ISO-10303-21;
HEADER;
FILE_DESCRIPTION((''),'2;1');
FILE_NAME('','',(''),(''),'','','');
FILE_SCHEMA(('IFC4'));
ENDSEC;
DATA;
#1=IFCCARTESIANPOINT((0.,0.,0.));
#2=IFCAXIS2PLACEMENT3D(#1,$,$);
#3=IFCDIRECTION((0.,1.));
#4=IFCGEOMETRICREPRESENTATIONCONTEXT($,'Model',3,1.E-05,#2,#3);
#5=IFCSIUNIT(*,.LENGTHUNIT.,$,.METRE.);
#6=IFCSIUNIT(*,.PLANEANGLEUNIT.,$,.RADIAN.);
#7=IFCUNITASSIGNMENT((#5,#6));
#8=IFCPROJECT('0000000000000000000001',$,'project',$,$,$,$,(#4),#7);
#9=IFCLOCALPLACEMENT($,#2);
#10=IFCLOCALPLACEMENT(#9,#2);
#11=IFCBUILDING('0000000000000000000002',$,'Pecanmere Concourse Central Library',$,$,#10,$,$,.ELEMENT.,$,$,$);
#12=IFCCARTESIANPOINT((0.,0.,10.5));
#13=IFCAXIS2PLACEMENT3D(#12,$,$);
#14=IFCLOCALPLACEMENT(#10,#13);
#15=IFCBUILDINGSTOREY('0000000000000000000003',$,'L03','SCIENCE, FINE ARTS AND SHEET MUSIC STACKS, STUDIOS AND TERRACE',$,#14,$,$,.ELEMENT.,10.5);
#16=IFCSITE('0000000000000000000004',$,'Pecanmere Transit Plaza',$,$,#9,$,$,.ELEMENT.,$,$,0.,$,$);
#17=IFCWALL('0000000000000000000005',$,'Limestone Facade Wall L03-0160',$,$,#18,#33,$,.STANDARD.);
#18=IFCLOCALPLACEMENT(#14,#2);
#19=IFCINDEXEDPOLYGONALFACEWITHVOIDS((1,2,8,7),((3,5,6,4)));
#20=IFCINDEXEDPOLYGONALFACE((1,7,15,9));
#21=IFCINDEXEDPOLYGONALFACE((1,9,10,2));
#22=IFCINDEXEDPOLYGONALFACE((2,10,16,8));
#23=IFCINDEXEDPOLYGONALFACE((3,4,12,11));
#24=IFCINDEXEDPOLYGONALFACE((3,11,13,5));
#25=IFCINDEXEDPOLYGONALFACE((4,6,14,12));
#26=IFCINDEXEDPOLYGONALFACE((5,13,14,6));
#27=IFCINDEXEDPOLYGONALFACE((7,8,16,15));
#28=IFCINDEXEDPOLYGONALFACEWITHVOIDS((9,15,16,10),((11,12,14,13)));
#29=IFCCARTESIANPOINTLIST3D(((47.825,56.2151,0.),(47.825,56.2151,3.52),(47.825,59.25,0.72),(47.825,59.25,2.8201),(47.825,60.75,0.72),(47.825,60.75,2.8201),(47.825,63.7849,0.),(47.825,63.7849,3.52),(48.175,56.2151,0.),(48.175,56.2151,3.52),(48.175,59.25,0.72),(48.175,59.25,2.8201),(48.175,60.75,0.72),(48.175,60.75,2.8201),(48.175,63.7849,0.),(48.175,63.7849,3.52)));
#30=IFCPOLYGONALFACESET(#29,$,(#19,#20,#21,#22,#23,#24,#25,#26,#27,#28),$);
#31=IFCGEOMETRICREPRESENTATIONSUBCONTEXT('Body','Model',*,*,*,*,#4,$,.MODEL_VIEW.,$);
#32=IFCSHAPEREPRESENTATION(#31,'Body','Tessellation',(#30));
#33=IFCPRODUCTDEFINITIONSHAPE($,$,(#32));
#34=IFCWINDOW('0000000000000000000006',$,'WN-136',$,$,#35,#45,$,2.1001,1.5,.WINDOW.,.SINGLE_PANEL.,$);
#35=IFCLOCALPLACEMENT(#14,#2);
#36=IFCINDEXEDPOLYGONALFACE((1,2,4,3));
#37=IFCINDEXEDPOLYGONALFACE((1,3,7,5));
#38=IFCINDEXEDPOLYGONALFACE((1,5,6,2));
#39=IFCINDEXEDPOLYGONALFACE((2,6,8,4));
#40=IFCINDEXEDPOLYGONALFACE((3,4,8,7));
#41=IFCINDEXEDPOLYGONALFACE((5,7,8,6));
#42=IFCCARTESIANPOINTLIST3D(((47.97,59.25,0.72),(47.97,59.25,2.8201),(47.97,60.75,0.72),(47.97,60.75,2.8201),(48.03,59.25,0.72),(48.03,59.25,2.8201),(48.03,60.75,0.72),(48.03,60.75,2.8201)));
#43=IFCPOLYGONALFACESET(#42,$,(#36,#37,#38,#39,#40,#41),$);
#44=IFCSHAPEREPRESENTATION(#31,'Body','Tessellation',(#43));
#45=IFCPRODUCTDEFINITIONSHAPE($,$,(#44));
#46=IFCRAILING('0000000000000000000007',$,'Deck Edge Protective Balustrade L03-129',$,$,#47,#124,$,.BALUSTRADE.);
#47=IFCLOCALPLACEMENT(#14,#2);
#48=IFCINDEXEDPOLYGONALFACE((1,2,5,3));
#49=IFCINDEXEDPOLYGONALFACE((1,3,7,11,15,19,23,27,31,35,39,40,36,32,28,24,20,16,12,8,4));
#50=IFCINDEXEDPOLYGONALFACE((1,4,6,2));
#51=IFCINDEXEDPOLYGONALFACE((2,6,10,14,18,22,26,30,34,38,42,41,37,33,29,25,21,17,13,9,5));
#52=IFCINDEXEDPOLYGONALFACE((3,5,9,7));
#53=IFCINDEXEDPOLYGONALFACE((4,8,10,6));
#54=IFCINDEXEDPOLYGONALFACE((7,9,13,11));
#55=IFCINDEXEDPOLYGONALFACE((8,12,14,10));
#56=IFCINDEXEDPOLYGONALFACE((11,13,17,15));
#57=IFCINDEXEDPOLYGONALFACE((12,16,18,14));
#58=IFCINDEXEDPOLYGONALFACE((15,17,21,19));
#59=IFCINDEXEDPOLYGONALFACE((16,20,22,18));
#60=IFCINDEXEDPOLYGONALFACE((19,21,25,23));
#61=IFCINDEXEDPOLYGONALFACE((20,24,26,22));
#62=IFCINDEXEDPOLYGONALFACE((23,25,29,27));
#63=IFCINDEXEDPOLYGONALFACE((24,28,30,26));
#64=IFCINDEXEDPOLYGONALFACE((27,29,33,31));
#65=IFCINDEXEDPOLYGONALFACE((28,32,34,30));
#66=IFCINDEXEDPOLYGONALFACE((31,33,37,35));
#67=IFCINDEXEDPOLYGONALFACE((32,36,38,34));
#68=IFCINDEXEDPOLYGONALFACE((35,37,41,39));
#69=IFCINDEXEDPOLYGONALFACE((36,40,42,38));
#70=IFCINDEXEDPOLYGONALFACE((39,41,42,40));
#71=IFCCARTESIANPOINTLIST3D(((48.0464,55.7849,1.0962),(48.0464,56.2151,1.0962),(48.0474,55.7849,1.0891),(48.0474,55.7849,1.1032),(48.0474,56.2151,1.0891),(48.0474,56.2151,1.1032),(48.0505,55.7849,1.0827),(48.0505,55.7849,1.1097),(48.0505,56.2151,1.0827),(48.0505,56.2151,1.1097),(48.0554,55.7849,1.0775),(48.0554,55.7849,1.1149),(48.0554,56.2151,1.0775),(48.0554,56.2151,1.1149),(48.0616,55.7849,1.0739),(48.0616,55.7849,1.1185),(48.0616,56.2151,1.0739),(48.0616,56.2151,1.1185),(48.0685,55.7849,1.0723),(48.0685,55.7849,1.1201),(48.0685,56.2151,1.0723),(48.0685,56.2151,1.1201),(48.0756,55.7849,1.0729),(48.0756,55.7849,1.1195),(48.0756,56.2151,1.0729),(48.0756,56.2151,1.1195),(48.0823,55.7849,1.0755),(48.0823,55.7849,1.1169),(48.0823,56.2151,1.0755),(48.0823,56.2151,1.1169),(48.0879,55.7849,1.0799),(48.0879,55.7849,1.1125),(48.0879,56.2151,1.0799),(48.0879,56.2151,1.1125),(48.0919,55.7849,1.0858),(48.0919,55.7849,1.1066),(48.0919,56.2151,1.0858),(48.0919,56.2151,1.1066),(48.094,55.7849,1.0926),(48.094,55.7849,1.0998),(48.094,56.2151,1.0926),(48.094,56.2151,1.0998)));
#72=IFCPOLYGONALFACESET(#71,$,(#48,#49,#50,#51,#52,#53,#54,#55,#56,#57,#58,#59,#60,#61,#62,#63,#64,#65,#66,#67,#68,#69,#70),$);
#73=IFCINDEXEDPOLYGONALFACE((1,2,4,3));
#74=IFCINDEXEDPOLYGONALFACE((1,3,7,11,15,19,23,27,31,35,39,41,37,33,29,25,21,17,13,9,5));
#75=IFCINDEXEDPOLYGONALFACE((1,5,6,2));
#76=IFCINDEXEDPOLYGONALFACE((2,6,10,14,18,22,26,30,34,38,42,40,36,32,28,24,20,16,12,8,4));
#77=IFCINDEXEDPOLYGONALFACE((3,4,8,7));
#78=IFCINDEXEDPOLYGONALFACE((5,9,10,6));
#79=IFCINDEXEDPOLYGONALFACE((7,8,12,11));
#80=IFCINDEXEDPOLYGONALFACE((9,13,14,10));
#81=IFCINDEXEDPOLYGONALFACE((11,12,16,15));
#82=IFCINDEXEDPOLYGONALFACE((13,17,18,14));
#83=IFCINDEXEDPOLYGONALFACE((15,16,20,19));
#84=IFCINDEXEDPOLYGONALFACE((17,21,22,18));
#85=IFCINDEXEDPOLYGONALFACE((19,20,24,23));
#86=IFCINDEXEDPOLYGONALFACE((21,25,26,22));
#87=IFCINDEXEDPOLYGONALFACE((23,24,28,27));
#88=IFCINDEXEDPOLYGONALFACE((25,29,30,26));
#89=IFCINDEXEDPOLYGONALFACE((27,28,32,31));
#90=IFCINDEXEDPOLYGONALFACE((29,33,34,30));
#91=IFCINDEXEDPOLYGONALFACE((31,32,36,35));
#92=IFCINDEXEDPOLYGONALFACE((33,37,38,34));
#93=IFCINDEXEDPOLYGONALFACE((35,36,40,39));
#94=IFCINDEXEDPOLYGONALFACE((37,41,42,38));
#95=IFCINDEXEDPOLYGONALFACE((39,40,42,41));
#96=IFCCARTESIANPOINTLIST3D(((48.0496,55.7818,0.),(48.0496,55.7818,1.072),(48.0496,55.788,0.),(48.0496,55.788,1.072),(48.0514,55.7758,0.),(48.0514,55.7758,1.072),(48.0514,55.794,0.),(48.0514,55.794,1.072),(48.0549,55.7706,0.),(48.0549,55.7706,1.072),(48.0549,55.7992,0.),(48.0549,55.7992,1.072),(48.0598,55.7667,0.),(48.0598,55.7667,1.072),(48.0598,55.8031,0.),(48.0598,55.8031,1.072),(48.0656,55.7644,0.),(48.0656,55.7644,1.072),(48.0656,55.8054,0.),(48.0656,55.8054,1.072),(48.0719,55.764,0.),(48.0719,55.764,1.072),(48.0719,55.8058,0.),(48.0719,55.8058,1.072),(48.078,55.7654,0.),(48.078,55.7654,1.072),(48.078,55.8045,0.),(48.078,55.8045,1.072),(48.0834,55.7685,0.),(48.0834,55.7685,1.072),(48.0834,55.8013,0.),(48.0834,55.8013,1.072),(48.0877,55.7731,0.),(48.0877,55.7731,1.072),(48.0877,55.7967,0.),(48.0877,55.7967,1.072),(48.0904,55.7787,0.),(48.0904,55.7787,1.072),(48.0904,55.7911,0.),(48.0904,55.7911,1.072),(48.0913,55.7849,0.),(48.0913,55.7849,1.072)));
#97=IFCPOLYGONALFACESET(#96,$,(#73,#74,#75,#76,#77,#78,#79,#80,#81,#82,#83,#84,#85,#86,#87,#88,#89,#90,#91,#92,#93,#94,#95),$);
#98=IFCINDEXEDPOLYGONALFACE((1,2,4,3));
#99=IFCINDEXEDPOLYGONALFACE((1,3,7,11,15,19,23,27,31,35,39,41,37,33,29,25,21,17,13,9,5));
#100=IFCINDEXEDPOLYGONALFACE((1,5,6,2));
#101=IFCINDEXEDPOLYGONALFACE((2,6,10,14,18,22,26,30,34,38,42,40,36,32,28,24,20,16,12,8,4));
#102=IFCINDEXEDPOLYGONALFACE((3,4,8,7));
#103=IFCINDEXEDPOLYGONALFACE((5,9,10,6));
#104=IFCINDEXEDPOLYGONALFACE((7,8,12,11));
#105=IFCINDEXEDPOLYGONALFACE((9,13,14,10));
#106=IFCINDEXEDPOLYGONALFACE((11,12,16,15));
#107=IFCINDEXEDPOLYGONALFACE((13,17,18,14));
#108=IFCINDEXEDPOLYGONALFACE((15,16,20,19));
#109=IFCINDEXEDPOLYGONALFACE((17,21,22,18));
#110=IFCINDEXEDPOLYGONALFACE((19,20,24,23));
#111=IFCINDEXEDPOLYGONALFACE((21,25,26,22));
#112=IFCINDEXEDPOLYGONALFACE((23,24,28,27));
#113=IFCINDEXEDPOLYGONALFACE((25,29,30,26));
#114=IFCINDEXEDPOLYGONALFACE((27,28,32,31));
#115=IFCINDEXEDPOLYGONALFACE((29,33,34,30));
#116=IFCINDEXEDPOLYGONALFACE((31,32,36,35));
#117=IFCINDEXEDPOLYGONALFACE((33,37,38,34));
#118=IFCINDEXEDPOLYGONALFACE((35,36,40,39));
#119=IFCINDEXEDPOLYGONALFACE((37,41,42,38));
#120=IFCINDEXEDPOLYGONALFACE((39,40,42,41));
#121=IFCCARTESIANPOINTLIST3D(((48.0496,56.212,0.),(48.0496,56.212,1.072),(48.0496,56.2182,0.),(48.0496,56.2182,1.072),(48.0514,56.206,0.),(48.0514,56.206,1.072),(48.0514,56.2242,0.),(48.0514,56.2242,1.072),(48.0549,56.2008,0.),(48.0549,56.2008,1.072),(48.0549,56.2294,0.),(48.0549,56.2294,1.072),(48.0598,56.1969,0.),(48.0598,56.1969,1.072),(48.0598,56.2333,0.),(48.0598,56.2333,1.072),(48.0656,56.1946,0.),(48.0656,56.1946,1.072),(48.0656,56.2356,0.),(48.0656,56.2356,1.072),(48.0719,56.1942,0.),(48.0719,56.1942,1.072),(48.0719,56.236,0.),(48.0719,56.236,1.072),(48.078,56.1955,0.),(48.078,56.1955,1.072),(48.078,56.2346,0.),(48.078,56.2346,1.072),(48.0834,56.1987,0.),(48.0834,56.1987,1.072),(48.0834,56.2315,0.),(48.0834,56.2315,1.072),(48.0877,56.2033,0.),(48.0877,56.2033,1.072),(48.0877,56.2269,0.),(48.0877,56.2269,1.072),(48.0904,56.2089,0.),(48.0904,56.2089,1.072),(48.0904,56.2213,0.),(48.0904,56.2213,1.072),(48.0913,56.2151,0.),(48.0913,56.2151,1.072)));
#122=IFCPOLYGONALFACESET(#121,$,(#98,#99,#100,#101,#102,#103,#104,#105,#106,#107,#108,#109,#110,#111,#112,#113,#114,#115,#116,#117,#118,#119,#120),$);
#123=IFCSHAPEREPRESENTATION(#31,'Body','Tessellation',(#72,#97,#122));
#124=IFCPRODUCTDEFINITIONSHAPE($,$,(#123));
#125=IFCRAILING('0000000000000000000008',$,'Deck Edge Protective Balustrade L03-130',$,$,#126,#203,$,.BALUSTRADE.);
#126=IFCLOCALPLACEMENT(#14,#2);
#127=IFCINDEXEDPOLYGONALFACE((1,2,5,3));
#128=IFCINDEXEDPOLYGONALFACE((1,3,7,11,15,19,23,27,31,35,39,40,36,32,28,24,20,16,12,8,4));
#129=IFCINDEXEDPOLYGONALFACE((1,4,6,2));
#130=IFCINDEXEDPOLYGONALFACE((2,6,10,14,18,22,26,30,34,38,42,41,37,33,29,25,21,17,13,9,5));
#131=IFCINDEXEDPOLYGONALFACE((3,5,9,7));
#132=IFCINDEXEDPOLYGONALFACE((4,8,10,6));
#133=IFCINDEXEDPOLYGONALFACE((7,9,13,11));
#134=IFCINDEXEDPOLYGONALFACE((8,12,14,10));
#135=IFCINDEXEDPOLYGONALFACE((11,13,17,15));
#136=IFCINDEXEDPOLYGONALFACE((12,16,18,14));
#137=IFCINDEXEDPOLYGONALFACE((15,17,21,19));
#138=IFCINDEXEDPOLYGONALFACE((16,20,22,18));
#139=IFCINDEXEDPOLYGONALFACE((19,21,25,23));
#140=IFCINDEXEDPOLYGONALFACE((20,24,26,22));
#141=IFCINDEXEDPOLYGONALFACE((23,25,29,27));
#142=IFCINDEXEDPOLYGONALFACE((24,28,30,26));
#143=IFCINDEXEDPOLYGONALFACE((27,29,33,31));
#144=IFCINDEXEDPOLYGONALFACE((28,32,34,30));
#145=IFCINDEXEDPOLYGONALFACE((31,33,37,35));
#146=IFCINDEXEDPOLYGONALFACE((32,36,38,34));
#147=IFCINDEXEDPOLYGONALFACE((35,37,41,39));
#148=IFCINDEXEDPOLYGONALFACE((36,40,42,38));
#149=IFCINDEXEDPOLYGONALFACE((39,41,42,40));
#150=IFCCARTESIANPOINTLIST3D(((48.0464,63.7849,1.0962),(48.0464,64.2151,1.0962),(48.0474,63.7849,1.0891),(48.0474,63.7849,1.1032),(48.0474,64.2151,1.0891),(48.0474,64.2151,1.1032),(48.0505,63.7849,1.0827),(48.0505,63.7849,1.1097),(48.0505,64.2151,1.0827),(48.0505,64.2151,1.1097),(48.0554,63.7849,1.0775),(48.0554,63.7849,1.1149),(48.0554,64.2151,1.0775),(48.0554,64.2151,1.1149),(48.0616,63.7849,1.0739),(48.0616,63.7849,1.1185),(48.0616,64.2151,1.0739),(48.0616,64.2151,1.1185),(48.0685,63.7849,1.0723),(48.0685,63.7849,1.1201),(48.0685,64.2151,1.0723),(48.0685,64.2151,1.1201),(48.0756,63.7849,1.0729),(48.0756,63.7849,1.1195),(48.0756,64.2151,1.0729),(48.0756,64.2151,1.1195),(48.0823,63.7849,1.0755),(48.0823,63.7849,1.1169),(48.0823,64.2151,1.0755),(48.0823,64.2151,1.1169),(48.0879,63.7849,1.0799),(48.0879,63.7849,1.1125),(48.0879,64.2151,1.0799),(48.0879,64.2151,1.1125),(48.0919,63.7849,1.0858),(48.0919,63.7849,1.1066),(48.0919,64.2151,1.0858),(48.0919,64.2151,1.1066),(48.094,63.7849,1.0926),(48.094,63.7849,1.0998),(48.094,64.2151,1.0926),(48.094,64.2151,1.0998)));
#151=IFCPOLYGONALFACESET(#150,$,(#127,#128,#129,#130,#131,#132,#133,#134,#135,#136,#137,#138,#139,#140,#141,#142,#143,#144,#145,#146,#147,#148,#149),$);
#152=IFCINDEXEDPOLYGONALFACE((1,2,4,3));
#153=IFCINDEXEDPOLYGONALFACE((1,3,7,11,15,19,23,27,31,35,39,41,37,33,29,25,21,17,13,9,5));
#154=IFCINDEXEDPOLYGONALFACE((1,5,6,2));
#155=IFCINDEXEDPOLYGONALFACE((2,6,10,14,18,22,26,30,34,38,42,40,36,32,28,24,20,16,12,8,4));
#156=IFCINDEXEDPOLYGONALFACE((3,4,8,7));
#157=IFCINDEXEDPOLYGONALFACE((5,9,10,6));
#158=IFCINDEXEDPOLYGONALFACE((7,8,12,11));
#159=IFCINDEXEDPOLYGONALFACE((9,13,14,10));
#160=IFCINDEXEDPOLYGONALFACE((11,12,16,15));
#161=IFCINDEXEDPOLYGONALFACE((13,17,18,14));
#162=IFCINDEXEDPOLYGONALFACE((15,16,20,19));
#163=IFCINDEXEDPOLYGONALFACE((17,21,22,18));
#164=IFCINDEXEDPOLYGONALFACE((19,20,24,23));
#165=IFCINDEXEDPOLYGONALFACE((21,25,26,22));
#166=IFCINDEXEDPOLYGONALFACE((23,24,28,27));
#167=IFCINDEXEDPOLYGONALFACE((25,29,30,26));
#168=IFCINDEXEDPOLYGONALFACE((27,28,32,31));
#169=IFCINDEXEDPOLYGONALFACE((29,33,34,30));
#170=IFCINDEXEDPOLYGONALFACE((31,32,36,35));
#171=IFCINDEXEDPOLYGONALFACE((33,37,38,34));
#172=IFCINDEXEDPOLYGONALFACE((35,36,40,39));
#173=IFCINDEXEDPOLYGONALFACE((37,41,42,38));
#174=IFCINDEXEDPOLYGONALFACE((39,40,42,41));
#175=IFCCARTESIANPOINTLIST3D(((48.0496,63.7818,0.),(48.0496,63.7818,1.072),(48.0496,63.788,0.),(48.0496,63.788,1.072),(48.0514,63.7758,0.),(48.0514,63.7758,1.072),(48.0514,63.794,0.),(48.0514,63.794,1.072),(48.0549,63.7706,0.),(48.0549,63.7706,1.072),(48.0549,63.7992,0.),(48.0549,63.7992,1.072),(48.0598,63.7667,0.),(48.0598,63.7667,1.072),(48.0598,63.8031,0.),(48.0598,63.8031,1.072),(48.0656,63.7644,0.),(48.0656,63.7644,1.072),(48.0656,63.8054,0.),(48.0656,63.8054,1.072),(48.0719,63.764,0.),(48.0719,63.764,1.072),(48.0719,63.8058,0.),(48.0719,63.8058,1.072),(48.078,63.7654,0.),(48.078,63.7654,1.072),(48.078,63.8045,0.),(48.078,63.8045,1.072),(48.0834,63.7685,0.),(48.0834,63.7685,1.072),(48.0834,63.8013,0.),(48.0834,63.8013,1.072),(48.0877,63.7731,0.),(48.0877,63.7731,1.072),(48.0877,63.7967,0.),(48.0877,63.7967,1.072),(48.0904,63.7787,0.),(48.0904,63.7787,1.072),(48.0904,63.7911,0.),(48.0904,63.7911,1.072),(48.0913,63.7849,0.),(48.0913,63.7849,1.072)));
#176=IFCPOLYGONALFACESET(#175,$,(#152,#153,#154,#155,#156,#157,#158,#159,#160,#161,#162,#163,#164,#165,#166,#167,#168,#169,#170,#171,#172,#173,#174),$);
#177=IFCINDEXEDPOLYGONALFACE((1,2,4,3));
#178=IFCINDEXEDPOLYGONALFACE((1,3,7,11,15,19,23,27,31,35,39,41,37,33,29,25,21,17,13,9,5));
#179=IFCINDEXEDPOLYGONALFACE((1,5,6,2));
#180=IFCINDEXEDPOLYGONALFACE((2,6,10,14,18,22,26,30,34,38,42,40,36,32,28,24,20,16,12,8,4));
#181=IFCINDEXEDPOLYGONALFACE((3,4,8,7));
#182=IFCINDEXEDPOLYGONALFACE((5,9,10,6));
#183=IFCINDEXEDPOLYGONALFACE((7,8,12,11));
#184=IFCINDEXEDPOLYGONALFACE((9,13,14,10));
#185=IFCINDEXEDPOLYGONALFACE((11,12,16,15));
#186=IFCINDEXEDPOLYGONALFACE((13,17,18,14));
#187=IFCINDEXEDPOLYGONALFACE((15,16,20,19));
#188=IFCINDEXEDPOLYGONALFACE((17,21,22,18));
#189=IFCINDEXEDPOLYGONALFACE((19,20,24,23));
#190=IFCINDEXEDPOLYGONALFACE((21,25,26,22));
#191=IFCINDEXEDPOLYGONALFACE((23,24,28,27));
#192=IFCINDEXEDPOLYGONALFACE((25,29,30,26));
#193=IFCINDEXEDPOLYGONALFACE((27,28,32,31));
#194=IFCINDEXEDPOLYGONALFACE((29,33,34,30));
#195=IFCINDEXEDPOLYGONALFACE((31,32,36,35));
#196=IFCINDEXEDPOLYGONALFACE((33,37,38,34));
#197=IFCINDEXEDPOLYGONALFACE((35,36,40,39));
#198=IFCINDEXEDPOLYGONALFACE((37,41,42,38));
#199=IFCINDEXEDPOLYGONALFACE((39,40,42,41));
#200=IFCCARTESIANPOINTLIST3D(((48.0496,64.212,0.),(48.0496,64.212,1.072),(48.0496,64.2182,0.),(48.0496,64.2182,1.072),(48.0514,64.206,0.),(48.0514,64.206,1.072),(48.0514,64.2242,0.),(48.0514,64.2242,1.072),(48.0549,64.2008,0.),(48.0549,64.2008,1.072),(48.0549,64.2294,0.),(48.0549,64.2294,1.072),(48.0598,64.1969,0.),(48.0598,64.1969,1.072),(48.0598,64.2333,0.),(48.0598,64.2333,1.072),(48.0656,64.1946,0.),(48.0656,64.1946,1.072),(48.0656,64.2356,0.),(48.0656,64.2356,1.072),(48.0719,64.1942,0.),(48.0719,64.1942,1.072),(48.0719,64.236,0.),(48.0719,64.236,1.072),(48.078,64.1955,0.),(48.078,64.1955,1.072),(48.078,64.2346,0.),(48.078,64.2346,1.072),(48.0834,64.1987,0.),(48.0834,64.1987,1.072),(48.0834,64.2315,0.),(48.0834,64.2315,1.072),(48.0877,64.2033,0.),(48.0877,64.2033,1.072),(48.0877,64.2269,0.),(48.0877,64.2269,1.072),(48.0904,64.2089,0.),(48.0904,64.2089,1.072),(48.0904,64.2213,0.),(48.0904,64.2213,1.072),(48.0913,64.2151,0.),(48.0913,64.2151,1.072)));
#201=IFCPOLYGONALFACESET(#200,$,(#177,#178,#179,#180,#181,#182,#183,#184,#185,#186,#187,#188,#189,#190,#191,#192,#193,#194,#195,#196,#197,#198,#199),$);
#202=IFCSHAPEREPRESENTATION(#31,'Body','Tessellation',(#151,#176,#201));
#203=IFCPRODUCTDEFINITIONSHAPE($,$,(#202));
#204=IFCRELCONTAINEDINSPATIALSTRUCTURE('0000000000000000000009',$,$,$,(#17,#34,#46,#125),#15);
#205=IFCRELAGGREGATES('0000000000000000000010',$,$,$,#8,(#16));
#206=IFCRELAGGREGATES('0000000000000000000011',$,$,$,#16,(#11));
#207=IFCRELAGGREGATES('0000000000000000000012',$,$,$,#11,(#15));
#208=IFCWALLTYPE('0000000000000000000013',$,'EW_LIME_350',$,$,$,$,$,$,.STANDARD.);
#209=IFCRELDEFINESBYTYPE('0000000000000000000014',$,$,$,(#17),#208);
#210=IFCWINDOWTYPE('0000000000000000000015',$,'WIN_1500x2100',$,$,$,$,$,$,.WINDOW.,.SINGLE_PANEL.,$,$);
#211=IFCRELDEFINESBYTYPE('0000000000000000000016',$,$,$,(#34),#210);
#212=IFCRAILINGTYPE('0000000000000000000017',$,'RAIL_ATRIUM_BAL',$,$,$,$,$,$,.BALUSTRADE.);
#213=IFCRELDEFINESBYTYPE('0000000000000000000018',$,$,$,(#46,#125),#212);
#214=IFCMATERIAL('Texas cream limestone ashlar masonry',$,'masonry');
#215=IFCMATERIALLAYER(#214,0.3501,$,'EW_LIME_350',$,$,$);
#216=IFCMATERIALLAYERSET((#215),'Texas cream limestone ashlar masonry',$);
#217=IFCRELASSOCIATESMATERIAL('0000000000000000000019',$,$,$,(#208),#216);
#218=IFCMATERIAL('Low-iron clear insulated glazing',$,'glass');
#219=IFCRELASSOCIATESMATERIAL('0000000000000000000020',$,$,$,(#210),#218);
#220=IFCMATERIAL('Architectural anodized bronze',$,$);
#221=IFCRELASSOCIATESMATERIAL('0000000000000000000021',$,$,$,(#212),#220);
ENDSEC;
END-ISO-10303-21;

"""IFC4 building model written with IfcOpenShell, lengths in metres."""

from ifc_helpers import new_model, si_unit, direction, frame, frame_2d, origin, origin_2d, place, context, subcontext, project, spatial, rectangle, circle, extrude, material, layer, layer_set, type_object, element, fill, save


model = new_model("IFC4")

# Units and contexts
model_context = context("Model", 3, precision=1e-05, world=origin(), true_north=direction((0.0, 1.0)))
body_context = subcontext(model_context, "Body", "Model", "MODEL_VIEW")
ifc_project = project(units=[si_unit("LENGTHUNIT", "METRE"), si_unit("PLANEANGLEUNIT", "RADIAN")], contexts=[model_context])

# Site, building, storey
site_placement = place(None, origin())
site = spatial("IfcSite", under=ifc_project, at=site_placement, Name="Pecanmere Transit Plaza", CompositionType="ELEMENT", RefElevation=0.0)
building_placement = place(site_placement, origin())
building = spatial("IfcBuilding", under=site, at=building_placement, Name="Pecanmere Concourse Central Library", CompositionType="ELEMENT")
storey_placement = place(building_placement, frame((0.0, 0.0, 10.5)))
storey = spatial("IfcBuildingStorey", under=building, at=storey_placement, Name="L03", Description="SCIENCE, FINE ARTS AND SHEET MUSIC STACKS, STUDIOS AND TERRACE", CompositionType="ELEMENT", Elevation=10.5)

# Wall, opening, window
ifc_material_1 = material(Name="Texas cream limestone ashlar masonry", Category="masonry")
ifc_layer_1 = layer(ifc_material_1, 0.3501, Name="EW_LIME_350")
ifc_layer_set_1 = layer_set([ifc_layer_1], Name="Texas cream limestone ashlar masonry")
wall_type = type_object("IfcWallType", Name="EW_LIME_350", PredefinedType="STANDARD", material=ifc_layer_set_1)
wall_1_placement = place(storey_placement, frame((48.0, 63.7849, 0.0), z_axis=(0.0, 0.0, 1.0), x_axis=(0.0, -1.0, 0.0)))
wall_1 = element("IfcWall", 1, at=wall_1_placement, inside=storey, type_object=wall_type, Name="Limestone Facade Wall L03-0160", PredefinedType="STANDARD", context=body_context, shape_type="SweptSolid", body=[
    extrude(rectangle(XDim=7.5698, YDim=0.3501, at=frame_2d((3.7849, 0.0))), origin(), (0.0, 0.0, 1.0), 3.52),
])
opening_1_placement = place(wall_1_placement, frame((3.0349, 0.0, 0.72)))
opening_1 = element("IfcOpeningElement", 2, at=opening_1_placement, cuts=wall_1, PredefinedType="OPENING", context=body_context, shape_type="SweptSolid", body=[
    extrude(rectangle(XDim=1.5, YDim=2.1001, at=frame_2d((0.75, 1.05))), frame((0.0, 0.187, 0.0), z_axis=(0.0, -1.0, 0.0), x_axis=(1.0, 0.0, 0.0)), (0.0, 0.0, 1.0), 0.374),
])
ifc_material_2 = material(Name="Low-iron clear insulated glazing", Category="glass")
window_type_1 = type_object("IfcWindowType", Name="WIN_1500x2100", PartitioningType="SINGLE_PANEL", PredefinedType="WINDOW", material=ifc_material_2)
window_1_placement = place(opening_1_placement, origin())
window_1 = element("IfcWindow", 3, at=window_1_placement, inside=storey, type_object=window_type_1, Name="WN-136", OverallHeight=2.1001, OverallWidth=1.5, PartitioningType="SINGLE_PANEL", PredefinedType="WINDOW", context=body_context, shape_type="SweptSolid", body=[
    extrude(rectangle(XDim=1.5, YDim=2.1001, at=frame_2d((0.75, 1.05))), frame((0.0, 0.03, 0.0), z_axis=(0.0, -1.0, 0.0), x_axis=(1.0, 0.0, 0.0)), (0.0, 0.0, 1.0), 0.0601),
])
fill(opening_1, window_1)

# Railings
ifc_material_3 = material(Name="Architectural anodized bronze")
railing_type = type_object("IfcRailingType", Name="RAIL_ATRIUM_BAL", PredefinedType="BALUSTRADE", material=ifc_material_3)
for number, where, name in (
    (4, (48.0703, 55.7849, 0.0), "Deck Edge Protective Balustrade L03-129"),
    (5, (48.0703, 63.7849, 0.0), "Deck Edge Protective Balustrade L03-130"),
):
    element("IfcRailing", number, at=place(storey_placement, frame(where)), inside=storey, type_object=railing_type, Name=name, PredefinedType="BALUSTRADE", context=body_context, shape_type="SweptSolid", body=[
        extrude(circle(Radius=0.0239, at=origin_2d()), frame((0.0, 0.0, 1.0962), z_axis=(0.0, 1.0, 0.0), x_axis=(-1.0, 0.0, 0.0)), (0.0, 0.0, 1.0), 0.4302),
        extrude(circle(Radius=0.021, at=origin_2d()), origin(), (0.0, 0.0, 1.0), 1.072),
        extrude(circle(Radius=0.021, at=origin_2d()), frame((0.0, 0.4302, 0.0)), (0.0, 0.0, 1.0), 1.072),
    ])

save(model, "model.ifc")
